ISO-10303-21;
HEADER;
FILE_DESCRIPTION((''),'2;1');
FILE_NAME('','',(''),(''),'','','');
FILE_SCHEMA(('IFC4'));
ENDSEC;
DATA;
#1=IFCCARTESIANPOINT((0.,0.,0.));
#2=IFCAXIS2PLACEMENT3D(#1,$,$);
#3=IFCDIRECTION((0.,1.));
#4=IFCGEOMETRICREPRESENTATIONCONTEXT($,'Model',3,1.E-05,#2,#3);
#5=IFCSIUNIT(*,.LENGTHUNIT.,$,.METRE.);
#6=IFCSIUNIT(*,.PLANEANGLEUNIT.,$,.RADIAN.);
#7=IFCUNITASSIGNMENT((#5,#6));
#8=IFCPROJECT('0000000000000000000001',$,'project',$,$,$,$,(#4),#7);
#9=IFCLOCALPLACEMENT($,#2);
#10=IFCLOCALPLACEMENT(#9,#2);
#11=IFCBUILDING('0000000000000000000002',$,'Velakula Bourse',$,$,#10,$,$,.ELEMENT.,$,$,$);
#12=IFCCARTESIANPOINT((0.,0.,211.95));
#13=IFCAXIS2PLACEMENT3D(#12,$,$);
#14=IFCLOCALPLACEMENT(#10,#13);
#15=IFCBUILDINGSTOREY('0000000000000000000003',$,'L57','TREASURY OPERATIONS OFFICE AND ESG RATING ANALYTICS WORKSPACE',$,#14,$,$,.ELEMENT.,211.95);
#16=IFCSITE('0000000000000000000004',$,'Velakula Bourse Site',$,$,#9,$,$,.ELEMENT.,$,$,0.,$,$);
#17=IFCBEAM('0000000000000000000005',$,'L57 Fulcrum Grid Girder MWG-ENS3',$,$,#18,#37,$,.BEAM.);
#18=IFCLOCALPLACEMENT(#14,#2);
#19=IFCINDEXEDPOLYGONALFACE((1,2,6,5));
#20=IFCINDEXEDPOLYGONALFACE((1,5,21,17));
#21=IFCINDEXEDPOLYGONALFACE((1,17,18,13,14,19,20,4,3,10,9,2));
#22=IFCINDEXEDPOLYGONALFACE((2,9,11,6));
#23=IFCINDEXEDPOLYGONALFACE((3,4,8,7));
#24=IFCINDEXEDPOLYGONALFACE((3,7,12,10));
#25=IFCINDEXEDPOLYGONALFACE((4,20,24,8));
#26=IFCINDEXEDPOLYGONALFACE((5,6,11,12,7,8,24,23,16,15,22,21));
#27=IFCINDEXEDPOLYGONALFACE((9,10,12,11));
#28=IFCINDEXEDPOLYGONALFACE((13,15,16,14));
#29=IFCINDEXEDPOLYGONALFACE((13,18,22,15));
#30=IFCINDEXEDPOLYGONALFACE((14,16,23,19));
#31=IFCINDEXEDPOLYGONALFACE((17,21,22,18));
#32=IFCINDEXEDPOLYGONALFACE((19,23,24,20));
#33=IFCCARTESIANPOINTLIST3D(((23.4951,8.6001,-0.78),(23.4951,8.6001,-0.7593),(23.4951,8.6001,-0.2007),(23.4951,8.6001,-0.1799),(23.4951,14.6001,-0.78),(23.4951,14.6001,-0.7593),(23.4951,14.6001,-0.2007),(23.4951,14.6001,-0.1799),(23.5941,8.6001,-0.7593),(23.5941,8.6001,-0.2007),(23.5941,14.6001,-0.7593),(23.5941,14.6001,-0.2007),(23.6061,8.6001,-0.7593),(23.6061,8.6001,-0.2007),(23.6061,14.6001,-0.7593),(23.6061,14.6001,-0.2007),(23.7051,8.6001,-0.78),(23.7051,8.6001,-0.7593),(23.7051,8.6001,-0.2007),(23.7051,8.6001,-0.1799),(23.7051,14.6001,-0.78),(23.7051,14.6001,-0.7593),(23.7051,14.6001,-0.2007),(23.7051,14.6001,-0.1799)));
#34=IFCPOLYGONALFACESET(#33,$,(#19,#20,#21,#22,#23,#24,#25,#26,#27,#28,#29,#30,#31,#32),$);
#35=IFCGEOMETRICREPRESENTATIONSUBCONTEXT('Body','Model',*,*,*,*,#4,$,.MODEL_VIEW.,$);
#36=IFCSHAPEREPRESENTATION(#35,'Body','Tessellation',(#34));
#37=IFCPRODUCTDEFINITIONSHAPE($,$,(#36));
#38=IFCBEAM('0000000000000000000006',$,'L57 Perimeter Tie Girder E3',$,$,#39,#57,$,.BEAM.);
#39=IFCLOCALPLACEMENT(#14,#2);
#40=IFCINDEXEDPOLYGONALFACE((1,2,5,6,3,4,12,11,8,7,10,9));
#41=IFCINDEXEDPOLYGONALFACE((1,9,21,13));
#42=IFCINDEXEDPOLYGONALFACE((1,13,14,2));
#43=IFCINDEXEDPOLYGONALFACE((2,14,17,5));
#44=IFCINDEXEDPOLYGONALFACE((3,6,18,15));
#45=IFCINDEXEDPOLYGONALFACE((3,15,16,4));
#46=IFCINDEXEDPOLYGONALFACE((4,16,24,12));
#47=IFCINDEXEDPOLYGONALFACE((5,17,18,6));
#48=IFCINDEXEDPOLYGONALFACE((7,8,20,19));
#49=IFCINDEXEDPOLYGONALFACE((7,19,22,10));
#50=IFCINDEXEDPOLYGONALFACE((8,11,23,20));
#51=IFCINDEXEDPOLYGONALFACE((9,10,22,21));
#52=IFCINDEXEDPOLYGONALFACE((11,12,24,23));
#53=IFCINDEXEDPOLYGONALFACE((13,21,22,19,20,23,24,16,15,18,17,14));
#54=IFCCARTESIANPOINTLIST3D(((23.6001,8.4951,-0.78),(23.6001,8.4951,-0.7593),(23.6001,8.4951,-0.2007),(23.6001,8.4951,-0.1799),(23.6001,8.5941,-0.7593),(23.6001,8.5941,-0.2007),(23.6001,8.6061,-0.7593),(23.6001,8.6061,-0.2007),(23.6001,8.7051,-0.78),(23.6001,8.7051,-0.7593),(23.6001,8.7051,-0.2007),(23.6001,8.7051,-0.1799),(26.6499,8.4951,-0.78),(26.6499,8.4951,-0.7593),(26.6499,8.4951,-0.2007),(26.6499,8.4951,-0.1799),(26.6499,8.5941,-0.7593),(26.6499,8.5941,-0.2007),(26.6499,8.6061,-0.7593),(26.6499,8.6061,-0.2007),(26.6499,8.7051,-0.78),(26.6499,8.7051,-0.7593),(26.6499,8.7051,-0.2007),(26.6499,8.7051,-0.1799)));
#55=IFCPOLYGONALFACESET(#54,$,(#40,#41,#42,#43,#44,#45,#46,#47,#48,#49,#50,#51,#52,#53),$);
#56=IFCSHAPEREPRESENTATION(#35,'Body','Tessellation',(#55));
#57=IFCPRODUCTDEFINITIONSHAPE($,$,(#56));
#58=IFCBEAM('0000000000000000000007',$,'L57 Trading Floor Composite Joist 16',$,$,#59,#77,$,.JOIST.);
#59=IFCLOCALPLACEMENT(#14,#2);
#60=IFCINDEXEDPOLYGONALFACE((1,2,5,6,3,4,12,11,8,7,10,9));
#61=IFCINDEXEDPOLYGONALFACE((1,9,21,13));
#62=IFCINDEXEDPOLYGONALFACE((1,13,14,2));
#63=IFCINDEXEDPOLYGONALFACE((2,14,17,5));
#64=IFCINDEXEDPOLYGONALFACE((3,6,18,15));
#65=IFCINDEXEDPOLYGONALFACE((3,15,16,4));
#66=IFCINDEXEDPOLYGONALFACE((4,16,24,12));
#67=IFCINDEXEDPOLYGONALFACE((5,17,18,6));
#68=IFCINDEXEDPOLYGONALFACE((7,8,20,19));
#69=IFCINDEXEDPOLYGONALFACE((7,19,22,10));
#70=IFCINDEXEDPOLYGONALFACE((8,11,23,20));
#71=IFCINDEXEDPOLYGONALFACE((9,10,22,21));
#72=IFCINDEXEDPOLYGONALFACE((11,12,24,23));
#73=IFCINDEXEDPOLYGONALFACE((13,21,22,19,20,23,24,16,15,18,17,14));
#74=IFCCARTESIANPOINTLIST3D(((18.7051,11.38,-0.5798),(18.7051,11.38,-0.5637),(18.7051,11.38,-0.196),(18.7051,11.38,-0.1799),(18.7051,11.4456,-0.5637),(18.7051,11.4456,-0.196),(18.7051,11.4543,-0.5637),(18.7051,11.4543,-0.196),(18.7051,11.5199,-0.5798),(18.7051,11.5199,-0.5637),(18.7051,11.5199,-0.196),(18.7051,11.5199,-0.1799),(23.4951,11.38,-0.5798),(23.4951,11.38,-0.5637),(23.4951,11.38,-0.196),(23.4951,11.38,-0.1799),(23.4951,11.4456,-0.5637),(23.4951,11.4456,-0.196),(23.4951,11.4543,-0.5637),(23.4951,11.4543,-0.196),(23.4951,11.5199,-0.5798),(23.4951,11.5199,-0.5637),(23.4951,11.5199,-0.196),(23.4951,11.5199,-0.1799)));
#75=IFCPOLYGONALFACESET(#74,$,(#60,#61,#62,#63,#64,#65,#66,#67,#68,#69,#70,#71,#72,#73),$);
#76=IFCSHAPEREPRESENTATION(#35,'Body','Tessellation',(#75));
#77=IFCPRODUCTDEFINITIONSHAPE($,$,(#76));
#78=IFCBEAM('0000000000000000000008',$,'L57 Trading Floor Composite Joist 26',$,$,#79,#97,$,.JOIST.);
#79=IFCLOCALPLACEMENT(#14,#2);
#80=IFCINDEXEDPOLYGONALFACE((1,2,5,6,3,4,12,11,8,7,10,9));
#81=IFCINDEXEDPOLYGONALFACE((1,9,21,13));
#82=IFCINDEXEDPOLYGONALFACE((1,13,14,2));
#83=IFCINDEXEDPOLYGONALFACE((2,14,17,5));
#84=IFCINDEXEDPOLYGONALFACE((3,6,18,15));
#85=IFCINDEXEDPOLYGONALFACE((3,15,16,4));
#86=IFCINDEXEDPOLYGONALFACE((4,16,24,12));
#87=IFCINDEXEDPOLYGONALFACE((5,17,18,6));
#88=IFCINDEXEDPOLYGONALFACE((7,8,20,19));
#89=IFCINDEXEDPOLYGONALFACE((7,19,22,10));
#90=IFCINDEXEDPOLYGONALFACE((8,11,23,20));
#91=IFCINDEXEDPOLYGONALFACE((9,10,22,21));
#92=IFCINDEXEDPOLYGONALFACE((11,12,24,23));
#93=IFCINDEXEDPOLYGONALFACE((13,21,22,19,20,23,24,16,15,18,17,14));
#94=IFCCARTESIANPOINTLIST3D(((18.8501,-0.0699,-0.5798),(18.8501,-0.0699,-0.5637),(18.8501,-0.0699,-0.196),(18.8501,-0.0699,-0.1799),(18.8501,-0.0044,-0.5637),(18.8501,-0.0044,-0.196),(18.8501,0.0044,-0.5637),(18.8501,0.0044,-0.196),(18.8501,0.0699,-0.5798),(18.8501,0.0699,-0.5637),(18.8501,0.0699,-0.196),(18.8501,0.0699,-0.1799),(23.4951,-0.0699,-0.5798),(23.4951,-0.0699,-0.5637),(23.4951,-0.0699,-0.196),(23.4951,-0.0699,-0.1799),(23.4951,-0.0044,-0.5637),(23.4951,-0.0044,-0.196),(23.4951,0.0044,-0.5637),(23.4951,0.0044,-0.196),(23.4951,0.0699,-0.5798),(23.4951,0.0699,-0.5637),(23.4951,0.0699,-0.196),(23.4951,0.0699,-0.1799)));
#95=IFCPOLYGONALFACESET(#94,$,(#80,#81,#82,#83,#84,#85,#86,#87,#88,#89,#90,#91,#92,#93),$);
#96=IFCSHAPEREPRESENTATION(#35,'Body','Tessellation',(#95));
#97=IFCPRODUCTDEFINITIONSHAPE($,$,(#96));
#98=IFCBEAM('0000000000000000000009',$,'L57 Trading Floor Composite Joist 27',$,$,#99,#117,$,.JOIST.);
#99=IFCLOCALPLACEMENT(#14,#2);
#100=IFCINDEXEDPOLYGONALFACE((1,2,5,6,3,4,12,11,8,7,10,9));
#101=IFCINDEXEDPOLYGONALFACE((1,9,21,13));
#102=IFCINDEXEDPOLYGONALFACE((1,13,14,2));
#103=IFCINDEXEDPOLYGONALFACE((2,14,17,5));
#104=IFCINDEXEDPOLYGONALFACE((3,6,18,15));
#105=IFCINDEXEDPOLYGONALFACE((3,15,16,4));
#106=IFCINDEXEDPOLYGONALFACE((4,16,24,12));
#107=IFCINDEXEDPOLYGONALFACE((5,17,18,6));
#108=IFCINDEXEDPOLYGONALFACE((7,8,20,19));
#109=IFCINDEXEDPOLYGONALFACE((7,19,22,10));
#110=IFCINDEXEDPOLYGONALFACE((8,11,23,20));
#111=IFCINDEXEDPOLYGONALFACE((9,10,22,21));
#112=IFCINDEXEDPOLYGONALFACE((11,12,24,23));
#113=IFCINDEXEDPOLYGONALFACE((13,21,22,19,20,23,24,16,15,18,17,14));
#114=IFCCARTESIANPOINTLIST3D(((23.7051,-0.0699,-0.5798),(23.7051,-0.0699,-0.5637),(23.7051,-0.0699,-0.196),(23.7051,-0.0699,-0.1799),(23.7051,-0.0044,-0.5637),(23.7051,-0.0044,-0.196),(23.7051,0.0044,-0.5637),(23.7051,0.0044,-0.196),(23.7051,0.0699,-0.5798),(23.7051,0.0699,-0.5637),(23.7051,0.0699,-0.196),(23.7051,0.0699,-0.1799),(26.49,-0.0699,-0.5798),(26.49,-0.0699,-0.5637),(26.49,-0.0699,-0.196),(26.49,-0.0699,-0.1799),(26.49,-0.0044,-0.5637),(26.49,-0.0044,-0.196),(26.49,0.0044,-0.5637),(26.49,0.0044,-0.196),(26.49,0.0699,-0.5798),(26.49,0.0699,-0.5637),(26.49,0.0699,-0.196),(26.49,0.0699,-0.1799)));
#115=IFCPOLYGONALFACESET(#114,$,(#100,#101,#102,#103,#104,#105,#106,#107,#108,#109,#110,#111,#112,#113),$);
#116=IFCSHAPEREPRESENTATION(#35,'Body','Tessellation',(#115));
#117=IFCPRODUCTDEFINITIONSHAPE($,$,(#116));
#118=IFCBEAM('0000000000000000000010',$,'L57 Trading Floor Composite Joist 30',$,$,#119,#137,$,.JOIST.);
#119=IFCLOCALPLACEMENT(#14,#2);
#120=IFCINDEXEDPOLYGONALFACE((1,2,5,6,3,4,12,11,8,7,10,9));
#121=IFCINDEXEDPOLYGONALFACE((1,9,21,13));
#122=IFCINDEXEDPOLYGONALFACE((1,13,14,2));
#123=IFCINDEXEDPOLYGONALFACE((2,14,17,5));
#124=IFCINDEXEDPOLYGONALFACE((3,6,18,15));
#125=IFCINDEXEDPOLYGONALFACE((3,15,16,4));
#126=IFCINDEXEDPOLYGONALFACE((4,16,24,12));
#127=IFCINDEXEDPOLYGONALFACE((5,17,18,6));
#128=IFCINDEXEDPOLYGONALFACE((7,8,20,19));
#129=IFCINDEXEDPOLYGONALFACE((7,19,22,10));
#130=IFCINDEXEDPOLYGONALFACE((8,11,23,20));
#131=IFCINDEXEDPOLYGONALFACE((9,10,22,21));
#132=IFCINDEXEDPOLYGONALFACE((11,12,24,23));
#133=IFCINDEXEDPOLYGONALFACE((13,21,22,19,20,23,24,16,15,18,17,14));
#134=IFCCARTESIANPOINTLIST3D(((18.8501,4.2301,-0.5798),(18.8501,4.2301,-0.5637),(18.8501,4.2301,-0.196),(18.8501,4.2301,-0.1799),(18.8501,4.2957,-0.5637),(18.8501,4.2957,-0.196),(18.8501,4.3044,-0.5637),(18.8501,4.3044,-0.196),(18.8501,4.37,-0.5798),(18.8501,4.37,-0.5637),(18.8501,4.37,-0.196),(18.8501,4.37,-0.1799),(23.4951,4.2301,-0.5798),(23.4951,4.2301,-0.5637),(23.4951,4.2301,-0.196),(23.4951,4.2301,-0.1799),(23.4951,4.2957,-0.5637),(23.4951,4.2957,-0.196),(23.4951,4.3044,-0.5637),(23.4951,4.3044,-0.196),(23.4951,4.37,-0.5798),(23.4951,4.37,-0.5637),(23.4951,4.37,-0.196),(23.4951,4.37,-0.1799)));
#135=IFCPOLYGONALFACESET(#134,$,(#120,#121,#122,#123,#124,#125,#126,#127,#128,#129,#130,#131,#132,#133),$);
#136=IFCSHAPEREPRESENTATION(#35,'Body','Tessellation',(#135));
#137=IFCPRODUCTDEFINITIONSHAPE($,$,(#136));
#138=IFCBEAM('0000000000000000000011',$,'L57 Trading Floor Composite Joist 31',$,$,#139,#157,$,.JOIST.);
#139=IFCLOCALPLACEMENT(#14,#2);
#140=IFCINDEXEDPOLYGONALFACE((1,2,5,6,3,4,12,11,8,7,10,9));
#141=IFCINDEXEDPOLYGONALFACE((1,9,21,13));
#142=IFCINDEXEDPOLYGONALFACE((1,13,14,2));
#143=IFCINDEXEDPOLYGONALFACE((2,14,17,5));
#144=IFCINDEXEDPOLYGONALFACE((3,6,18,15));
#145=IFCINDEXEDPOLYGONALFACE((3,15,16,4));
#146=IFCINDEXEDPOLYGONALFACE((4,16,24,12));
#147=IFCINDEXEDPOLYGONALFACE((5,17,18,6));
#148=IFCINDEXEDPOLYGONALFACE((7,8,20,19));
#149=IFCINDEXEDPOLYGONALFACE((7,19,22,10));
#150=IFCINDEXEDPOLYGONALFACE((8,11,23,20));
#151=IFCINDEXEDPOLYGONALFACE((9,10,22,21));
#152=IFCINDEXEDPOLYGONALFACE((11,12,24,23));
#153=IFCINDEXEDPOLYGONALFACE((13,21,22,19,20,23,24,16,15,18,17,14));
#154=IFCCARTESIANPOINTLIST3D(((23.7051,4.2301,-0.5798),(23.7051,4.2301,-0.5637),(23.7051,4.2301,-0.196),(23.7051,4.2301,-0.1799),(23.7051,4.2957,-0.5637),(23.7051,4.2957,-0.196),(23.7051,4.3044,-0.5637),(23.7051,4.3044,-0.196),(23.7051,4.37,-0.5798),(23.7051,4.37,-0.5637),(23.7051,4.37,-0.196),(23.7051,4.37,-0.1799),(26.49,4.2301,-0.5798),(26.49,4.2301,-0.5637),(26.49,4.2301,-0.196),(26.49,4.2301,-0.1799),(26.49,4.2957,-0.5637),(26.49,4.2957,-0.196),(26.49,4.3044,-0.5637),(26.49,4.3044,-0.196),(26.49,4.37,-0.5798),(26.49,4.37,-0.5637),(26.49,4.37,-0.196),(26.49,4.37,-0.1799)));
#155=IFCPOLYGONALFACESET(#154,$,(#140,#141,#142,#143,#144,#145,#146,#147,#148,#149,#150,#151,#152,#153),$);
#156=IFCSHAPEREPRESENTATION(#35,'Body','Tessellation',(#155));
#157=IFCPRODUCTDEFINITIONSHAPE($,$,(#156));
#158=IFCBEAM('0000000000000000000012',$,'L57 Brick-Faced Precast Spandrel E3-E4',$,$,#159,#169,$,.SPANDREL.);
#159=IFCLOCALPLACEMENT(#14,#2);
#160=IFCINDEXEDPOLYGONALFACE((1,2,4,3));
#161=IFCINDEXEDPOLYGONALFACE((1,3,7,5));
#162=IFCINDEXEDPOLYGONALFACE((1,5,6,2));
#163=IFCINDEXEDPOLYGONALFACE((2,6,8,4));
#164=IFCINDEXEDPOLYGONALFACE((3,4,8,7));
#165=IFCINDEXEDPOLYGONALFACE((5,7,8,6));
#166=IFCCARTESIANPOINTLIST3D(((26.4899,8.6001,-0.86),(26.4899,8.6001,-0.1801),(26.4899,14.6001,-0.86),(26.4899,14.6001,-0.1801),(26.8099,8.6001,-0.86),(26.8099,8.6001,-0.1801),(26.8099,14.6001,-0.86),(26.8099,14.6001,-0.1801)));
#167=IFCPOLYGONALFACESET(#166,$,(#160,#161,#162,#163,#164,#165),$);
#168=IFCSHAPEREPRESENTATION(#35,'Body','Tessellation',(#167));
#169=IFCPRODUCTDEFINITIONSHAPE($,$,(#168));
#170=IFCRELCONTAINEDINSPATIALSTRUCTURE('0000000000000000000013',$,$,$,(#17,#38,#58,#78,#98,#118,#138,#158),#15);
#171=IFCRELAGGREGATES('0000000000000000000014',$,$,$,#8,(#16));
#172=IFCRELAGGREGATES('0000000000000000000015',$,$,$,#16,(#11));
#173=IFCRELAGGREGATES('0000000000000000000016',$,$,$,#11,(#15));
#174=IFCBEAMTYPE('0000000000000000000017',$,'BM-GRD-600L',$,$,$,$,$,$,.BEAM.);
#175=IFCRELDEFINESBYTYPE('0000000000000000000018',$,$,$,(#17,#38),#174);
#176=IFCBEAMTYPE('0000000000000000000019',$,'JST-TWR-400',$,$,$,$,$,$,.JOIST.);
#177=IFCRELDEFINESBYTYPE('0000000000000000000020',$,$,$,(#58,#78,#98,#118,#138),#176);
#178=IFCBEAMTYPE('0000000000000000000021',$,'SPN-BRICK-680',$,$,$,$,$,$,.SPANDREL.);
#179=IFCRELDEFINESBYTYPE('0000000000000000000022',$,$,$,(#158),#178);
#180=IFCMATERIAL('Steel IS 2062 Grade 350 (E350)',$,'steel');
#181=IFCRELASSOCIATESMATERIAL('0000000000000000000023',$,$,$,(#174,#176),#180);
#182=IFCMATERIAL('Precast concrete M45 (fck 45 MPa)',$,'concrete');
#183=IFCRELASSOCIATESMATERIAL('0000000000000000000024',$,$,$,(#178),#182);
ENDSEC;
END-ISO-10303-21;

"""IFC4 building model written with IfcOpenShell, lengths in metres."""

from ifc_helpers import new_model, si_unit, direction, frame, origin, origin_2d, place, context, subcontext, project, spatial, rectangle, i_section, extrude, material, material_profile, profile_set, type_object, element, save


model = new_model("IFC4")

# Units and contexts
model_context = context("Model", 3, precision=1e-05, world=origin(), true_north=direction((0.0, 1.0)))
body_context = subcontext(model_context, "Body", "Model", "MODEL_VIEW")
ifc_project = project(units=[si_unit("LENGTHUNIT", "METRE"), si_unit("PLANEANGLEUNIT", "RADIAN")], contexts=[model_context])

# Site, building, storey
site_placement = place(None, origin())
site = spatial("IfcSite", under=ifc_project, at=site_placement, Name="Velakula Bourse Site", CompositionType="ELEMENT", RefElevation=0.0)
building_placement = place(site_placement, origin())
building = spatial("IfcBuilding", under=site, at=building_placement, Name="Velakula Bourse", CompositionType="ELEMENT")
storey_placement = place(building_placement, frame((0.0, 0.0, 211.95)))
storey = spatial("IfcBuildingStorey", under=building, at=storey_placement, Name="L57", Description="TREASURY OPERATIONS OFFICE AND ESG RATING ANALYTICS WORKSPACE", CompositionType="ELEMENT", Elevation=211.95)

# Shared definitions
ifc_material_1 = material(Name="Steel IS 2062 Grade 350 (E350)", Category="steel")

# Beams
ifc_material_profile_1 = material_profile(ifc_material_1, i_section(OverallWidth=0.21, OverallDepth=0.6001, WebThickness=0.012, FlangeThickness=0.0208, at=origin_2d()), Name="Steel IS 2062 Grade 350 (E350)")
ifc_profile_set_1 = profile_set([ifc_material_profile_1], Name="Steel IS 2062 Grade 350 (E350)")
beam_type_1 = type_object("IfcBeamType", Name="BM-GRD-600L", PredefinedType="BEAM", material=ifc_profile_set_1)
beam_1_placement = place(storey_placement, frame((23.6001, 8.6001, -0.48), z_axis=(0.0, 1.0, 0.0), x_axis=(-1.0, 0.0, 0.0)))
element("IfcBeam", 1, at=beam_1_placement, inside=storey, type_object=beam_type_1, Name="L57 Fulcrum Grid Girder MWG-ENS3", PredefinedType="BEAM", context=body_context, shape_type="SweptSolid", body=[
    extrude(i_section(OverallWidth=0.21, OverallDepth=0.6001, WebThickness=0.012, FlangeThickness=0.0208, at=origin_2d()), origin(), (0.0, 0.0, 1.0), 6.0),
])
beam_2_placement = place(storey_placement, frame((23.6001, 8.6001, -0.48), z_axis=(1.0, 0.0, 0.0), x_axis=(0.0, 1.0, 0.0)))
element("IfcBeam", 2, at=beam_2_placement, inside=storey, type_object=beam_type_1, Name="L57 Perimeter Tie Girder E3", PredefinedType="BEAM", context=body_context, shape_type="SweptSolid", body=[
    extrude(i_section(OverallWidth=0.21, OverallDepth=0.6001, WebThickness=0.012, FlangeThickness=0.0208, at=origin_2d()), origin(), (0.0, 0.0, 1.0), 3.0498),
])
ifc_material_profile_2 = material_profile(ifc_material_1, i_section(OverallWidth=0.1399, OverallDepth=0.3999, WebThickness=0.0088, FlangeThickness=0.0161, at=origin_2d()), Name="Steel IS 2062 Grade 350 (E350)")
ifc_profile_set_2 = profile_set([ifc_material_profile_2], Name="Steel IS 2062 Grade 350 (E350)")
beam_type_2 = type_object("IfcBeamType", Name="JST-TWR-400", PredefinedType="JOIST", material=ifc_profile_set_2)
beam_3_placement = place(storey_placement, frame((18.7051, 11.45, -0.3799), z_axis=(1.0, 0.0, 0.0), x_axis=(0.0, 1.0, 0.0)))
element("IfcBeam", 3, at=beam_3_placement, inside=storey, type_object=beam_type_2, Name="L57 Trading Floor Composite Joist 16", PredefinedType="JOIST", context=body_context, shape_type="SweptSolid", body=[
    extrude(i_section(OverallWidth=0.1399, OverallDepth=0.3999, WebThickness=0.0088, FlangeThickness=0.0161, at=origin_2d()), origin(), (0.0, 0.0, 1.0), 4.79),
])
beam_4_placement = place(storey_placement, frame((18.8501, 0.0, -0.3799), z_axis=(1.0, 0.0, 0.0), x_axis=(0.0, 1.0, 0.0)))
element("IfcBeam", 4, at=beam_4_placement, inside=storey, type_object=beam_type_2, Name="L57 Trading Floor Composite Joist 26", PredefinedType="JOIST", context=body_context, shape_type="SweptSolid", body=[
    extrude(i_section(OverallWidth=0.1399, OverallDepth=0.3999, WebThickness=0.0088, FlangeThickness=0.0161, at=origin_2d()), origin(), (0.0, 0.0, 1.0), 4.645),
])
beam_5_placement = place(storey_placement, frame((23.7051, 0.0, -0.3799), z_axis=(1.0, 0.0, 0.0), x_axis=(0.0, 1.0, 0.0)))
element("IfcBeam", 5, at=beam_5_placement, inside=storey, type_object=beam_type_2, Name="L57 Trading Floor Composite Joist 27", PredefinedType="JOIST", context=body_context, shape_type="SweptSolid", body=[
    extrude(i_section(OverallWidth=0.1399, OverallDepth=0.3999, WebThickness=0.0088, FlangeThickness=0.0161, at=origin_2d()), origin(), (0.0, 0.0, 1.0), 2.7849),
])
beam_6_placement = place(storey_placement, frame((18.8501, 4.3, -0.3799), z_axis=(1.0, 0.0, 0.0), x_axis=(0.0, 1.0, 0.0)))
element("IfcBeam", 6, at=beam_6_placement, inside=storey, type_object=beam_type_2, Name="L57 Trading Floor Composite Joist 30", PredefinedType="JOIST", context=body_context, shape_type="SweptSolid", body=[
    extrude(i_section(OverallWidth=0.1399, OverallDepth=0.3999, WebThickness=0.0088, FlangeThickness=0.0161, at=origin_2d()), origin(), (0.0, 0.0, 1.0), 4.645),
])
beam_7_placement = place(storey_placement, frame((23.7051, 4.3, -0.3799), z_axis=(1.0, 0.0, 0.0), x_axis=(0.0, 1.0, 0.0)))
element("IfcBeam", 7, at=beam_7_placement, inside=storey, type_object=beam_type_2, Name="L57 Trading Floor Composite Joist 31", PredefinedType="JOIST", context=body_context, shape_type="SweptSolid", body=[
    extrude(i_section(OverallWidth=0.1399, OverallDepth=0.3999, WebThickness=0.0088, FlangeThickness=0.0161, at=origin_2d()), origin(), (0.0, 0.0, 1.0), 2.7849),
])
ifc_material_2 = material(Name="Precast concrete M45 (fck 45 MPa)", Category="concrete")
ifc_material_profile_3 = material_profile(ifc_material_2, rectangle(XDim=0.3201, YDim=0.6799, at=origin_2d()), Name="Precast concrete M45 (fck 45 MPa)")
ifc_profile_set_3 = profile_set([ifc_material_profile_3], Name="Precast concrete M45 (fck 45 MPa)")
beam_type_3 = type_object("IfcBeamType", Name="SPN-BRICK-680", PredefinedType="SPANDREL", material=ifc_profile_set_3)
beam_8_placement = place(storey_placement, frame((26.6499, 8.6001, -0.52), z_axis=(0.0, 1.0, 0.0), x_axis=(-1.0, 0.0, 0.0)))
element("IfcBeam", 8, at=beam_8_placement, inside=storey, type_object=beam_type_3, Name="L57 Brick-Faced Precast Spandrel E3-E4", PredefinedType="SPANDREL", context=body_context, shape_type="SweptSolid", body=[
    extrude(rectangle(XDim=0.3201, YDim=0.6799, at=origin_2d()), origin(), (0.0, 0.0, 1.0), 6.0),
])

save(model, "model.ifc")
